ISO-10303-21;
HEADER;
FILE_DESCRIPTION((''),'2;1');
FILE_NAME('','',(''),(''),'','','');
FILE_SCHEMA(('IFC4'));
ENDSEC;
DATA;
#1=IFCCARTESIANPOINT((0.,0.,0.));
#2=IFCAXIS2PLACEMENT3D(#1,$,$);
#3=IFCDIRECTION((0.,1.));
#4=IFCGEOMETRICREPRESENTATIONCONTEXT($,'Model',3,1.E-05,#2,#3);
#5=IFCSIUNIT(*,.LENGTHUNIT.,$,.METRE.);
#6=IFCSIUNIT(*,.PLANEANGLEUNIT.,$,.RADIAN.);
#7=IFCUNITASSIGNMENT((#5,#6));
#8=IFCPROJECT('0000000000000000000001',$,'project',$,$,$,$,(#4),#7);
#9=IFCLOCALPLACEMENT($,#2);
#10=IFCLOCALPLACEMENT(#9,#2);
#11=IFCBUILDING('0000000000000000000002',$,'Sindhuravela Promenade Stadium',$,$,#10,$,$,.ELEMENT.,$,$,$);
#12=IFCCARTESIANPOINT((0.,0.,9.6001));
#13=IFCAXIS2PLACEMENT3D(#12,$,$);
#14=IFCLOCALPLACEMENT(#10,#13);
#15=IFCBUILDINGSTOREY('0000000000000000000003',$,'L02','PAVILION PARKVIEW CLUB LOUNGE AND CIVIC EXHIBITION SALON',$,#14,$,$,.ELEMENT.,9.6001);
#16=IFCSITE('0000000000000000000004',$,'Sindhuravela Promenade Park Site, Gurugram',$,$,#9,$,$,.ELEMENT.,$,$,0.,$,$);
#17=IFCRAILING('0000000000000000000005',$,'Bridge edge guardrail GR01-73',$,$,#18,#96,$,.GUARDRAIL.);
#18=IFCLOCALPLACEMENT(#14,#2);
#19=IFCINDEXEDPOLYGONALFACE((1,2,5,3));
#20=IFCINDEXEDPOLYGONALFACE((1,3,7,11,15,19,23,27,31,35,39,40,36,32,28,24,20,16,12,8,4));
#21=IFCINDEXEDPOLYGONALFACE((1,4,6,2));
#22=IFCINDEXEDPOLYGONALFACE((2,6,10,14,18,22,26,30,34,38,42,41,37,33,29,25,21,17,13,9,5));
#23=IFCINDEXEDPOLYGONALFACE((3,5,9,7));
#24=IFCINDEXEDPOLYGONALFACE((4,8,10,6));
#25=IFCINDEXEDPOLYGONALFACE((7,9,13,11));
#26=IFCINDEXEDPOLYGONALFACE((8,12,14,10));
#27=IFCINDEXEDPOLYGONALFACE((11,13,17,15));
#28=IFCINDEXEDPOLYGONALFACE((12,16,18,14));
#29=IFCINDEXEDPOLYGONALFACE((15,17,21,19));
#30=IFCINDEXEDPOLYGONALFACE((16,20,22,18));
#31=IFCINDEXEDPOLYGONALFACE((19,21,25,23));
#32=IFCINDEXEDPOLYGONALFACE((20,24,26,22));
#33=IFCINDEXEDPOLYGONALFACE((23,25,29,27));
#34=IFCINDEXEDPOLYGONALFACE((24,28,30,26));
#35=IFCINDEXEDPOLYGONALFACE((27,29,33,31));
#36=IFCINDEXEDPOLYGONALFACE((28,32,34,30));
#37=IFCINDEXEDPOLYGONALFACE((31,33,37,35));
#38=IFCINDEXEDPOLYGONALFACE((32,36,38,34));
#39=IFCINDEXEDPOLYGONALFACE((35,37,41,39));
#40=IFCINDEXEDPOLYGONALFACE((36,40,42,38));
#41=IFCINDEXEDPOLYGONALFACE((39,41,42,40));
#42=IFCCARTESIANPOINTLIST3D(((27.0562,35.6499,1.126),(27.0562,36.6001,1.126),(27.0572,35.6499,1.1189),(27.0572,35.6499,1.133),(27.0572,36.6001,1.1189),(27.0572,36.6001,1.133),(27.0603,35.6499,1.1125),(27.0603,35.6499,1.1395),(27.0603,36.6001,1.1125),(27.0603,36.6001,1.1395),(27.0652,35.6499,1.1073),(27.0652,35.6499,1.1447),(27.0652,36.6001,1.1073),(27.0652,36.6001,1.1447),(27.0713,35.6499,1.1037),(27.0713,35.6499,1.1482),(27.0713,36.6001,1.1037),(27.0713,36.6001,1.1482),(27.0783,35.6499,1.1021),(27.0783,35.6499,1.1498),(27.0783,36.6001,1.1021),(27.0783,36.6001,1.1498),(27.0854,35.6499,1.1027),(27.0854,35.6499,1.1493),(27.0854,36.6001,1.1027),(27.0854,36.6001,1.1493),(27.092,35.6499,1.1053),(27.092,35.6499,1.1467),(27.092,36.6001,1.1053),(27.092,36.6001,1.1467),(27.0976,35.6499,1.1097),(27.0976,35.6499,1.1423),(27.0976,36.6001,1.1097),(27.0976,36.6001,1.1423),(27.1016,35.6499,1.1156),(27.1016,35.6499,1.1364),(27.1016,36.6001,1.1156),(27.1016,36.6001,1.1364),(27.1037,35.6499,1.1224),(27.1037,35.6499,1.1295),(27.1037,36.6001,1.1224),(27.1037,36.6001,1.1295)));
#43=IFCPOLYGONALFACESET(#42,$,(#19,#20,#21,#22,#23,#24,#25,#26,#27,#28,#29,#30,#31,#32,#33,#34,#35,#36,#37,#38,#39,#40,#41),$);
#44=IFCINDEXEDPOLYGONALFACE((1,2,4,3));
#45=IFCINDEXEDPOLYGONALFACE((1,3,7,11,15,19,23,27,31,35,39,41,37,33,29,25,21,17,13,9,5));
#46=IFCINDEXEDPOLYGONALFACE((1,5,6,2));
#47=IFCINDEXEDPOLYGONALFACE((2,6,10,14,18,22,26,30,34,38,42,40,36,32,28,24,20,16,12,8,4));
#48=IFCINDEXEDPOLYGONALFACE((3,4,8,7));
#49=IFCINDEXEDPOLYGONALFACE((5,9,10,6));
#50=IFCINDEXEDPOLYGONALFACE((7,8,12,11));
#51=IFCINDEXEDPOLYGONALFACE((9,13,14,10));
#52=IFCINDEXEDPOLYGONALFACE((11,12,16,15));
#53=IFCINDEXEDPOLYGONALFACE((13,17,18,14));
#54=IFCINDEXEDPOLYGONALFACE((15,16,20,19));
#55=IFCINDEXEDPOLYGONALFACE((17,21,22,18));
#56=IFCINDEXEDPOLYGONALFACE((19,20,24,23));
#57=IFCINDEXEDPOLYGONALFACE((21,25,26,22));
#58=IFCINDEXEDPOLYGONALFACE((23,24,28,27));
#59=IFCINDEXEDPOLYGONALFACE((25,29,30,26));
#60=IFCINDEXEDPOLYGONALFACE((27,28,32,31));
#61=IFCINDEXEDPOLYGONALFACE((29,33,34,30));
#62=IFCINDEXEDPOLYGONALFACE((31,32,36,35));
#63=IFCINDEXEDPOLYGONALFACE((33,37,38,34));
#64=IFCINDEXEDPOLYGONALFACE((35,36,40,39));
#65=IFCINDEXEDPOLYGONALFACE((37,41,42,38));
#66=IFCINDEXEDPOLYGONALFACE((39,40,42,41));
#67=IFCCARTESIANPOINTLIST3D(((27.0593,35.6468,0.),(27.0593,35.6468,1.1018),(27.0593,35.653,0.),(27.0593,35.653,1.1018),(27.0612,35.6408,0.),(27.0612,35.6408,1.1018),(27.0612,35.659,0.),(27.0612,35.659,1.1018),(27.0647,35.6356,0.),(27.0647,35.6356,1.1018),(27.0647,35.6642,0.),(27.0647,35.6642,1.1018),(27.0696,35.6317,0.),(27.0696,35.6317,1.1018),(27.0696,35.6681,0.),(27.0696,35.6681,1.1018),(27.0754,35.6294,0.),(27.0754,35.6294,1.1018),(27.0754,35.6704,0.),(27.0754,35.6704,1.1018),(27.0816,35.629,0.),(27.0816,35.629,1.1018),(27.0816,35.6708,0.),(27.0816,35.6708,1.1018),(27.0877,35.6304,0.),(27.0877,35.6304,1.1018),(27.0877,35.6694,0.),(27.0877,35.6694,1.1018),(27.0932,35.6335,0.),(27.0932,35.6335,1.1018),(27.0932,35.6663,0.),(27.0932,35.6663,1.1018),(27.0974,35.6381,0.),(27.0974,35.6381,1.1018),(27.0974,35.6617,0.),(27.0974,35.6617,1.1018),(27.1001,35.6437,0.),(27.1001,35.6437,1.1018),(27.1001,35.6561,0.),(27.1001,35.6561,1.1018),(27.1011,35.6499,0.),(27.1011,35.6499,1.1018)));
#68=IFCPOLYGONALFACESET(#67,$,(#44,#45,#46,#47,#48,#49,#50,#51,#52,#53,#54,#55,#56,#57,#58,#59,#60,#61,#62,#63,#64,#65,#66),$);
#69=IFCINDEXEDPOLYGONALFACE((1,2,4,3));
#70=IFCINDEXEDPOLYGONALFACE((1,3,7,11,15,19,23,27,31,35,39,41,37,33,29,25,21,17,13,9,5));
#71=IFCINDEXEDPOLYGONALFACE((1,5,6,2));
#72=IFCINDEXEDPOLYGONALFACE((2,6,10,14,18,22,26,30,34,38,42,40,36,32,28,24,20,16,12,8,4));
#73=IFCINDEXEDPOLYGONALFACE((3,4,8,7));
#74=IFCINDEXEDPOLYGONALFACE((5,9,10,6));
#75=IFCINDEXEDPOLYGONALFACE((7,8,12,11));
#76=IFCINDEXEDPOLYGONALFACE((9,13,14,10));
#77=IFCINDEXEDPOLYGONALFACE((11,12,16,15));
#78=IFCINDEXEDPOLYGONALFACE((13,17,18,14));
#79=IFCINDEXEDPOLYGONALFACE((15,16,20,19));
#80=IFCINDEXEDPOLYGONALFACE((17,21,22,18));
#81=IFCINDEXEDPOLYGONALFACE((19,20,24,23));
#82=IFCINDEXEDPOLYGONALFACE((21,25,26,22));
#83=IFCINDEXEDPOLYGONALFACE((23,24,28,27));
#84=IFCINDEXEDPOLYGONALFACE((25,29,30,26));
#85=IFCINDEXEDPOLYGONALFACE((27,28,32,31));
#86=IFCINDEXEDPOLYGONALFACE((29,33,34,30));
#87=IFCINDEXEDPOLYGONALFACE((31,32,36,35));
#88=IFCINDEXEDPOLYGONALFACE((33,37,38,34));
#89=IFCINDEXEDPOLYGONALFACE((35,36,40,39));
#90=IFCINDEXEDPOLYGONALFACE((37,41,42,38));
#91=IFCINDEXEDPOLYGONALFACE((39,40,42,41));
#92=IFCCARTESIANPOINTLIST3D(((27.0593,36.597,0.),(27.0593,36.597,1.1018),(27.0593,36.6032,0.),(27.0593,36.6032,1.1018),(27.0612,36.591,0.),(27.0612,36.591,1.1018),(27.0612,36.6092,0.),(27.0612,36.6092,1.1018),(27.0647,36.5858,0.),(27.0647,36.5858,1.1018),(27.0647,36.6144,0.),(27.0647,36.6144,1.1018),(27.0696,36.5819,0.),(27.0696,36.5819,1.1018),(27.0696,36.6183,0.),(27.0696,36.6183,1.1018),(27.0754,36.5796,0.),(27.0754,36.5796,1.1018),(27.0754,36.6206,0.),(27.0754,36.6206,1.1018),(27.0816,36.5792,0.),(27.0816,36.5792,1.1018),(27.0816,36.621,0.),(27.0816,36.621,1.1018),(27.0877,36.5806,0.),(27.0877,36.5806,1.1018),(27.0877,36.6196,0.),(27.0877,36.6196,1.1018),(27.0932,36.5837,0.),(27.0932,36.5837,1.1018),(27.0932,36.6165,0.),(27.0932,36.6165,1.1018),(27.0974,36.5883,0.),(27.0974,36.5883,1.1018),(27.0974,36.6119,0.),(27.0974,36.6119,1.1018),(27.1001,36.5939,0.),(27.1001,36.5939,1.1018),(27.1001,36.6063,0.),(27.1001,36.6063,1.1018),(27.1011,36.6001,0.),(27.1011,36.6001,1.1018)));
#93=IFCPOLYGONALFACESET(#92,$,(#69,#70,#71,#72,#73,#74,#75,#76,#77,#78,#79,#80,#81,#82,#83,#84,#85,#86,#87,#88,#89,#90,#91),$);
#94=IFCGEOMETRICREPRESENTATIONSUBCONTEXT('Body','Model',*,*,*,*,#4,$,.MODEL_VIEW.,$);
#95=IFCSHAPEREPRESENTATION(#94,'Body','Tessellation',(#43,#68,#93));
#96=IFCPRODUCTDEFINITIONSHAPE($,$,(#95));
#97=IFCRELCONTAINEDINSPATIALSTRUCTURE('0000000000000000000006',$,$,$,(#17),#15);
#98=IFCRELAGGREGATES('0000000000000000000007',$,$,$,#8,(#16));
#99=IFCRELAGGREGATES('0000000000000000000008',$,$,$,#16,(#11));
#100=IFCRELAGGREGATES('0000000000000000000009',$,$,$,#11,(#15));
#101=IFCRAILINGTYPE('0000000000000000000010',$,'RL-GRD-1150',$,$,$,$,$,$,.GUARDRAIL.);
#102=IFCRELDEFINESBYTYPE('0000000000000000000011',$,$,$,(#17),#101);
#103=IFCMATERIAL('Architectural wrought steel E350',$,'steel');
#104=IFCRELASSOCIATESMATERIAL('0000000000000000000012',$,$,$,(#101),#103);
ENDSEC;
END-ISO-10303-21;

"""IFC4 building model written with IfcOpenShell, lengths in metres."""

from ifc_helpers import new_model, si_unit, direction, frame, origin, origin_2d, place, context, subcontext, project, spatial, circle, extrude, material, type_object, element, save


model = new_model("IFC4")

# Units and contexts
model_context = context("Model", 3, precision=1e-05, world=origin(), true_north=direction((0.0, 1.0)))
body_context = subcontext(model_context, "Body", "Model", "MODEL_VIEW")
ifc_project = project(units=[si_unit("LENGTHUNIT", "METRE"), si_unit("PLANEANGLEUNIT", "RADIAN")], contexts=[model_context])

# Site, building, storey
site_placement = place(None, origin())
site = spatial("IfcSite", under=ifc_project, at=site_placement, Name="Sindhuravela Promenade Park Site, Gurugram", CompositionType="ELEMENT", RefElevation=0.0)
building_placement = place(site_placement, origin())
building = spatial("IfcBuilding", under=site, at=building_placement, Name="Sindhuravela Promenade Stadium", CompositionType="ELEMENT")
storey_placement = place(building_placement, frame((0.0, 0.0, 9.6001)))
storey = spatial("IfcBuildingStorey", under=building, at=storey_placement, Name="L02", Description="PAVILION PARKVIEW CLUB LOUNGE AND CIVIC EXHIBITION SALON", CompositionType="ELEMENT", Elevation=9.6001)

# Shared definitions
ifc_material_1 = material(Name="Architectural wrought steel E350", Category="steel")

# Railing
railing_type = type_object("IfcRailingType", Name="RL-GRD-1150", PredefinedType="GUARDRAIL", material=ifc_material_1)
railing_1_placement = place(storey_placement, frame((27.0801, 35.6499, 0.0)))
element("IfcRailing", 1, at=railing_1_placement, inside=storey, type_object=railing_type, Name="Bridge edge guardrail GR01-73", PredefinedType="GUARDRAIL", context=body_context, shape_type="SweptSolid", body=[
    extrude(circle(Radius=0.0239, at=origin_2d()), frame((0.0, 0.0, 1.126), z_axis=(0.0, 1.0, 0.0), x_axis=(-1.0, 0.0, 0.0)), (0.0, 0.0, 1.0), 0.9502),
    extrude(circle(Radius=0.021, at=origin_2d()), origin(), (0.0, 0.0, 1.0), 1.1018),
    extrude(circle(Radius=0.021, at=origin_2d()), frame((0.0, 0.9502, 0.0)), (0.0, 0.0, 1.0), 1.1018),
])

save(model, "model.ifc")
